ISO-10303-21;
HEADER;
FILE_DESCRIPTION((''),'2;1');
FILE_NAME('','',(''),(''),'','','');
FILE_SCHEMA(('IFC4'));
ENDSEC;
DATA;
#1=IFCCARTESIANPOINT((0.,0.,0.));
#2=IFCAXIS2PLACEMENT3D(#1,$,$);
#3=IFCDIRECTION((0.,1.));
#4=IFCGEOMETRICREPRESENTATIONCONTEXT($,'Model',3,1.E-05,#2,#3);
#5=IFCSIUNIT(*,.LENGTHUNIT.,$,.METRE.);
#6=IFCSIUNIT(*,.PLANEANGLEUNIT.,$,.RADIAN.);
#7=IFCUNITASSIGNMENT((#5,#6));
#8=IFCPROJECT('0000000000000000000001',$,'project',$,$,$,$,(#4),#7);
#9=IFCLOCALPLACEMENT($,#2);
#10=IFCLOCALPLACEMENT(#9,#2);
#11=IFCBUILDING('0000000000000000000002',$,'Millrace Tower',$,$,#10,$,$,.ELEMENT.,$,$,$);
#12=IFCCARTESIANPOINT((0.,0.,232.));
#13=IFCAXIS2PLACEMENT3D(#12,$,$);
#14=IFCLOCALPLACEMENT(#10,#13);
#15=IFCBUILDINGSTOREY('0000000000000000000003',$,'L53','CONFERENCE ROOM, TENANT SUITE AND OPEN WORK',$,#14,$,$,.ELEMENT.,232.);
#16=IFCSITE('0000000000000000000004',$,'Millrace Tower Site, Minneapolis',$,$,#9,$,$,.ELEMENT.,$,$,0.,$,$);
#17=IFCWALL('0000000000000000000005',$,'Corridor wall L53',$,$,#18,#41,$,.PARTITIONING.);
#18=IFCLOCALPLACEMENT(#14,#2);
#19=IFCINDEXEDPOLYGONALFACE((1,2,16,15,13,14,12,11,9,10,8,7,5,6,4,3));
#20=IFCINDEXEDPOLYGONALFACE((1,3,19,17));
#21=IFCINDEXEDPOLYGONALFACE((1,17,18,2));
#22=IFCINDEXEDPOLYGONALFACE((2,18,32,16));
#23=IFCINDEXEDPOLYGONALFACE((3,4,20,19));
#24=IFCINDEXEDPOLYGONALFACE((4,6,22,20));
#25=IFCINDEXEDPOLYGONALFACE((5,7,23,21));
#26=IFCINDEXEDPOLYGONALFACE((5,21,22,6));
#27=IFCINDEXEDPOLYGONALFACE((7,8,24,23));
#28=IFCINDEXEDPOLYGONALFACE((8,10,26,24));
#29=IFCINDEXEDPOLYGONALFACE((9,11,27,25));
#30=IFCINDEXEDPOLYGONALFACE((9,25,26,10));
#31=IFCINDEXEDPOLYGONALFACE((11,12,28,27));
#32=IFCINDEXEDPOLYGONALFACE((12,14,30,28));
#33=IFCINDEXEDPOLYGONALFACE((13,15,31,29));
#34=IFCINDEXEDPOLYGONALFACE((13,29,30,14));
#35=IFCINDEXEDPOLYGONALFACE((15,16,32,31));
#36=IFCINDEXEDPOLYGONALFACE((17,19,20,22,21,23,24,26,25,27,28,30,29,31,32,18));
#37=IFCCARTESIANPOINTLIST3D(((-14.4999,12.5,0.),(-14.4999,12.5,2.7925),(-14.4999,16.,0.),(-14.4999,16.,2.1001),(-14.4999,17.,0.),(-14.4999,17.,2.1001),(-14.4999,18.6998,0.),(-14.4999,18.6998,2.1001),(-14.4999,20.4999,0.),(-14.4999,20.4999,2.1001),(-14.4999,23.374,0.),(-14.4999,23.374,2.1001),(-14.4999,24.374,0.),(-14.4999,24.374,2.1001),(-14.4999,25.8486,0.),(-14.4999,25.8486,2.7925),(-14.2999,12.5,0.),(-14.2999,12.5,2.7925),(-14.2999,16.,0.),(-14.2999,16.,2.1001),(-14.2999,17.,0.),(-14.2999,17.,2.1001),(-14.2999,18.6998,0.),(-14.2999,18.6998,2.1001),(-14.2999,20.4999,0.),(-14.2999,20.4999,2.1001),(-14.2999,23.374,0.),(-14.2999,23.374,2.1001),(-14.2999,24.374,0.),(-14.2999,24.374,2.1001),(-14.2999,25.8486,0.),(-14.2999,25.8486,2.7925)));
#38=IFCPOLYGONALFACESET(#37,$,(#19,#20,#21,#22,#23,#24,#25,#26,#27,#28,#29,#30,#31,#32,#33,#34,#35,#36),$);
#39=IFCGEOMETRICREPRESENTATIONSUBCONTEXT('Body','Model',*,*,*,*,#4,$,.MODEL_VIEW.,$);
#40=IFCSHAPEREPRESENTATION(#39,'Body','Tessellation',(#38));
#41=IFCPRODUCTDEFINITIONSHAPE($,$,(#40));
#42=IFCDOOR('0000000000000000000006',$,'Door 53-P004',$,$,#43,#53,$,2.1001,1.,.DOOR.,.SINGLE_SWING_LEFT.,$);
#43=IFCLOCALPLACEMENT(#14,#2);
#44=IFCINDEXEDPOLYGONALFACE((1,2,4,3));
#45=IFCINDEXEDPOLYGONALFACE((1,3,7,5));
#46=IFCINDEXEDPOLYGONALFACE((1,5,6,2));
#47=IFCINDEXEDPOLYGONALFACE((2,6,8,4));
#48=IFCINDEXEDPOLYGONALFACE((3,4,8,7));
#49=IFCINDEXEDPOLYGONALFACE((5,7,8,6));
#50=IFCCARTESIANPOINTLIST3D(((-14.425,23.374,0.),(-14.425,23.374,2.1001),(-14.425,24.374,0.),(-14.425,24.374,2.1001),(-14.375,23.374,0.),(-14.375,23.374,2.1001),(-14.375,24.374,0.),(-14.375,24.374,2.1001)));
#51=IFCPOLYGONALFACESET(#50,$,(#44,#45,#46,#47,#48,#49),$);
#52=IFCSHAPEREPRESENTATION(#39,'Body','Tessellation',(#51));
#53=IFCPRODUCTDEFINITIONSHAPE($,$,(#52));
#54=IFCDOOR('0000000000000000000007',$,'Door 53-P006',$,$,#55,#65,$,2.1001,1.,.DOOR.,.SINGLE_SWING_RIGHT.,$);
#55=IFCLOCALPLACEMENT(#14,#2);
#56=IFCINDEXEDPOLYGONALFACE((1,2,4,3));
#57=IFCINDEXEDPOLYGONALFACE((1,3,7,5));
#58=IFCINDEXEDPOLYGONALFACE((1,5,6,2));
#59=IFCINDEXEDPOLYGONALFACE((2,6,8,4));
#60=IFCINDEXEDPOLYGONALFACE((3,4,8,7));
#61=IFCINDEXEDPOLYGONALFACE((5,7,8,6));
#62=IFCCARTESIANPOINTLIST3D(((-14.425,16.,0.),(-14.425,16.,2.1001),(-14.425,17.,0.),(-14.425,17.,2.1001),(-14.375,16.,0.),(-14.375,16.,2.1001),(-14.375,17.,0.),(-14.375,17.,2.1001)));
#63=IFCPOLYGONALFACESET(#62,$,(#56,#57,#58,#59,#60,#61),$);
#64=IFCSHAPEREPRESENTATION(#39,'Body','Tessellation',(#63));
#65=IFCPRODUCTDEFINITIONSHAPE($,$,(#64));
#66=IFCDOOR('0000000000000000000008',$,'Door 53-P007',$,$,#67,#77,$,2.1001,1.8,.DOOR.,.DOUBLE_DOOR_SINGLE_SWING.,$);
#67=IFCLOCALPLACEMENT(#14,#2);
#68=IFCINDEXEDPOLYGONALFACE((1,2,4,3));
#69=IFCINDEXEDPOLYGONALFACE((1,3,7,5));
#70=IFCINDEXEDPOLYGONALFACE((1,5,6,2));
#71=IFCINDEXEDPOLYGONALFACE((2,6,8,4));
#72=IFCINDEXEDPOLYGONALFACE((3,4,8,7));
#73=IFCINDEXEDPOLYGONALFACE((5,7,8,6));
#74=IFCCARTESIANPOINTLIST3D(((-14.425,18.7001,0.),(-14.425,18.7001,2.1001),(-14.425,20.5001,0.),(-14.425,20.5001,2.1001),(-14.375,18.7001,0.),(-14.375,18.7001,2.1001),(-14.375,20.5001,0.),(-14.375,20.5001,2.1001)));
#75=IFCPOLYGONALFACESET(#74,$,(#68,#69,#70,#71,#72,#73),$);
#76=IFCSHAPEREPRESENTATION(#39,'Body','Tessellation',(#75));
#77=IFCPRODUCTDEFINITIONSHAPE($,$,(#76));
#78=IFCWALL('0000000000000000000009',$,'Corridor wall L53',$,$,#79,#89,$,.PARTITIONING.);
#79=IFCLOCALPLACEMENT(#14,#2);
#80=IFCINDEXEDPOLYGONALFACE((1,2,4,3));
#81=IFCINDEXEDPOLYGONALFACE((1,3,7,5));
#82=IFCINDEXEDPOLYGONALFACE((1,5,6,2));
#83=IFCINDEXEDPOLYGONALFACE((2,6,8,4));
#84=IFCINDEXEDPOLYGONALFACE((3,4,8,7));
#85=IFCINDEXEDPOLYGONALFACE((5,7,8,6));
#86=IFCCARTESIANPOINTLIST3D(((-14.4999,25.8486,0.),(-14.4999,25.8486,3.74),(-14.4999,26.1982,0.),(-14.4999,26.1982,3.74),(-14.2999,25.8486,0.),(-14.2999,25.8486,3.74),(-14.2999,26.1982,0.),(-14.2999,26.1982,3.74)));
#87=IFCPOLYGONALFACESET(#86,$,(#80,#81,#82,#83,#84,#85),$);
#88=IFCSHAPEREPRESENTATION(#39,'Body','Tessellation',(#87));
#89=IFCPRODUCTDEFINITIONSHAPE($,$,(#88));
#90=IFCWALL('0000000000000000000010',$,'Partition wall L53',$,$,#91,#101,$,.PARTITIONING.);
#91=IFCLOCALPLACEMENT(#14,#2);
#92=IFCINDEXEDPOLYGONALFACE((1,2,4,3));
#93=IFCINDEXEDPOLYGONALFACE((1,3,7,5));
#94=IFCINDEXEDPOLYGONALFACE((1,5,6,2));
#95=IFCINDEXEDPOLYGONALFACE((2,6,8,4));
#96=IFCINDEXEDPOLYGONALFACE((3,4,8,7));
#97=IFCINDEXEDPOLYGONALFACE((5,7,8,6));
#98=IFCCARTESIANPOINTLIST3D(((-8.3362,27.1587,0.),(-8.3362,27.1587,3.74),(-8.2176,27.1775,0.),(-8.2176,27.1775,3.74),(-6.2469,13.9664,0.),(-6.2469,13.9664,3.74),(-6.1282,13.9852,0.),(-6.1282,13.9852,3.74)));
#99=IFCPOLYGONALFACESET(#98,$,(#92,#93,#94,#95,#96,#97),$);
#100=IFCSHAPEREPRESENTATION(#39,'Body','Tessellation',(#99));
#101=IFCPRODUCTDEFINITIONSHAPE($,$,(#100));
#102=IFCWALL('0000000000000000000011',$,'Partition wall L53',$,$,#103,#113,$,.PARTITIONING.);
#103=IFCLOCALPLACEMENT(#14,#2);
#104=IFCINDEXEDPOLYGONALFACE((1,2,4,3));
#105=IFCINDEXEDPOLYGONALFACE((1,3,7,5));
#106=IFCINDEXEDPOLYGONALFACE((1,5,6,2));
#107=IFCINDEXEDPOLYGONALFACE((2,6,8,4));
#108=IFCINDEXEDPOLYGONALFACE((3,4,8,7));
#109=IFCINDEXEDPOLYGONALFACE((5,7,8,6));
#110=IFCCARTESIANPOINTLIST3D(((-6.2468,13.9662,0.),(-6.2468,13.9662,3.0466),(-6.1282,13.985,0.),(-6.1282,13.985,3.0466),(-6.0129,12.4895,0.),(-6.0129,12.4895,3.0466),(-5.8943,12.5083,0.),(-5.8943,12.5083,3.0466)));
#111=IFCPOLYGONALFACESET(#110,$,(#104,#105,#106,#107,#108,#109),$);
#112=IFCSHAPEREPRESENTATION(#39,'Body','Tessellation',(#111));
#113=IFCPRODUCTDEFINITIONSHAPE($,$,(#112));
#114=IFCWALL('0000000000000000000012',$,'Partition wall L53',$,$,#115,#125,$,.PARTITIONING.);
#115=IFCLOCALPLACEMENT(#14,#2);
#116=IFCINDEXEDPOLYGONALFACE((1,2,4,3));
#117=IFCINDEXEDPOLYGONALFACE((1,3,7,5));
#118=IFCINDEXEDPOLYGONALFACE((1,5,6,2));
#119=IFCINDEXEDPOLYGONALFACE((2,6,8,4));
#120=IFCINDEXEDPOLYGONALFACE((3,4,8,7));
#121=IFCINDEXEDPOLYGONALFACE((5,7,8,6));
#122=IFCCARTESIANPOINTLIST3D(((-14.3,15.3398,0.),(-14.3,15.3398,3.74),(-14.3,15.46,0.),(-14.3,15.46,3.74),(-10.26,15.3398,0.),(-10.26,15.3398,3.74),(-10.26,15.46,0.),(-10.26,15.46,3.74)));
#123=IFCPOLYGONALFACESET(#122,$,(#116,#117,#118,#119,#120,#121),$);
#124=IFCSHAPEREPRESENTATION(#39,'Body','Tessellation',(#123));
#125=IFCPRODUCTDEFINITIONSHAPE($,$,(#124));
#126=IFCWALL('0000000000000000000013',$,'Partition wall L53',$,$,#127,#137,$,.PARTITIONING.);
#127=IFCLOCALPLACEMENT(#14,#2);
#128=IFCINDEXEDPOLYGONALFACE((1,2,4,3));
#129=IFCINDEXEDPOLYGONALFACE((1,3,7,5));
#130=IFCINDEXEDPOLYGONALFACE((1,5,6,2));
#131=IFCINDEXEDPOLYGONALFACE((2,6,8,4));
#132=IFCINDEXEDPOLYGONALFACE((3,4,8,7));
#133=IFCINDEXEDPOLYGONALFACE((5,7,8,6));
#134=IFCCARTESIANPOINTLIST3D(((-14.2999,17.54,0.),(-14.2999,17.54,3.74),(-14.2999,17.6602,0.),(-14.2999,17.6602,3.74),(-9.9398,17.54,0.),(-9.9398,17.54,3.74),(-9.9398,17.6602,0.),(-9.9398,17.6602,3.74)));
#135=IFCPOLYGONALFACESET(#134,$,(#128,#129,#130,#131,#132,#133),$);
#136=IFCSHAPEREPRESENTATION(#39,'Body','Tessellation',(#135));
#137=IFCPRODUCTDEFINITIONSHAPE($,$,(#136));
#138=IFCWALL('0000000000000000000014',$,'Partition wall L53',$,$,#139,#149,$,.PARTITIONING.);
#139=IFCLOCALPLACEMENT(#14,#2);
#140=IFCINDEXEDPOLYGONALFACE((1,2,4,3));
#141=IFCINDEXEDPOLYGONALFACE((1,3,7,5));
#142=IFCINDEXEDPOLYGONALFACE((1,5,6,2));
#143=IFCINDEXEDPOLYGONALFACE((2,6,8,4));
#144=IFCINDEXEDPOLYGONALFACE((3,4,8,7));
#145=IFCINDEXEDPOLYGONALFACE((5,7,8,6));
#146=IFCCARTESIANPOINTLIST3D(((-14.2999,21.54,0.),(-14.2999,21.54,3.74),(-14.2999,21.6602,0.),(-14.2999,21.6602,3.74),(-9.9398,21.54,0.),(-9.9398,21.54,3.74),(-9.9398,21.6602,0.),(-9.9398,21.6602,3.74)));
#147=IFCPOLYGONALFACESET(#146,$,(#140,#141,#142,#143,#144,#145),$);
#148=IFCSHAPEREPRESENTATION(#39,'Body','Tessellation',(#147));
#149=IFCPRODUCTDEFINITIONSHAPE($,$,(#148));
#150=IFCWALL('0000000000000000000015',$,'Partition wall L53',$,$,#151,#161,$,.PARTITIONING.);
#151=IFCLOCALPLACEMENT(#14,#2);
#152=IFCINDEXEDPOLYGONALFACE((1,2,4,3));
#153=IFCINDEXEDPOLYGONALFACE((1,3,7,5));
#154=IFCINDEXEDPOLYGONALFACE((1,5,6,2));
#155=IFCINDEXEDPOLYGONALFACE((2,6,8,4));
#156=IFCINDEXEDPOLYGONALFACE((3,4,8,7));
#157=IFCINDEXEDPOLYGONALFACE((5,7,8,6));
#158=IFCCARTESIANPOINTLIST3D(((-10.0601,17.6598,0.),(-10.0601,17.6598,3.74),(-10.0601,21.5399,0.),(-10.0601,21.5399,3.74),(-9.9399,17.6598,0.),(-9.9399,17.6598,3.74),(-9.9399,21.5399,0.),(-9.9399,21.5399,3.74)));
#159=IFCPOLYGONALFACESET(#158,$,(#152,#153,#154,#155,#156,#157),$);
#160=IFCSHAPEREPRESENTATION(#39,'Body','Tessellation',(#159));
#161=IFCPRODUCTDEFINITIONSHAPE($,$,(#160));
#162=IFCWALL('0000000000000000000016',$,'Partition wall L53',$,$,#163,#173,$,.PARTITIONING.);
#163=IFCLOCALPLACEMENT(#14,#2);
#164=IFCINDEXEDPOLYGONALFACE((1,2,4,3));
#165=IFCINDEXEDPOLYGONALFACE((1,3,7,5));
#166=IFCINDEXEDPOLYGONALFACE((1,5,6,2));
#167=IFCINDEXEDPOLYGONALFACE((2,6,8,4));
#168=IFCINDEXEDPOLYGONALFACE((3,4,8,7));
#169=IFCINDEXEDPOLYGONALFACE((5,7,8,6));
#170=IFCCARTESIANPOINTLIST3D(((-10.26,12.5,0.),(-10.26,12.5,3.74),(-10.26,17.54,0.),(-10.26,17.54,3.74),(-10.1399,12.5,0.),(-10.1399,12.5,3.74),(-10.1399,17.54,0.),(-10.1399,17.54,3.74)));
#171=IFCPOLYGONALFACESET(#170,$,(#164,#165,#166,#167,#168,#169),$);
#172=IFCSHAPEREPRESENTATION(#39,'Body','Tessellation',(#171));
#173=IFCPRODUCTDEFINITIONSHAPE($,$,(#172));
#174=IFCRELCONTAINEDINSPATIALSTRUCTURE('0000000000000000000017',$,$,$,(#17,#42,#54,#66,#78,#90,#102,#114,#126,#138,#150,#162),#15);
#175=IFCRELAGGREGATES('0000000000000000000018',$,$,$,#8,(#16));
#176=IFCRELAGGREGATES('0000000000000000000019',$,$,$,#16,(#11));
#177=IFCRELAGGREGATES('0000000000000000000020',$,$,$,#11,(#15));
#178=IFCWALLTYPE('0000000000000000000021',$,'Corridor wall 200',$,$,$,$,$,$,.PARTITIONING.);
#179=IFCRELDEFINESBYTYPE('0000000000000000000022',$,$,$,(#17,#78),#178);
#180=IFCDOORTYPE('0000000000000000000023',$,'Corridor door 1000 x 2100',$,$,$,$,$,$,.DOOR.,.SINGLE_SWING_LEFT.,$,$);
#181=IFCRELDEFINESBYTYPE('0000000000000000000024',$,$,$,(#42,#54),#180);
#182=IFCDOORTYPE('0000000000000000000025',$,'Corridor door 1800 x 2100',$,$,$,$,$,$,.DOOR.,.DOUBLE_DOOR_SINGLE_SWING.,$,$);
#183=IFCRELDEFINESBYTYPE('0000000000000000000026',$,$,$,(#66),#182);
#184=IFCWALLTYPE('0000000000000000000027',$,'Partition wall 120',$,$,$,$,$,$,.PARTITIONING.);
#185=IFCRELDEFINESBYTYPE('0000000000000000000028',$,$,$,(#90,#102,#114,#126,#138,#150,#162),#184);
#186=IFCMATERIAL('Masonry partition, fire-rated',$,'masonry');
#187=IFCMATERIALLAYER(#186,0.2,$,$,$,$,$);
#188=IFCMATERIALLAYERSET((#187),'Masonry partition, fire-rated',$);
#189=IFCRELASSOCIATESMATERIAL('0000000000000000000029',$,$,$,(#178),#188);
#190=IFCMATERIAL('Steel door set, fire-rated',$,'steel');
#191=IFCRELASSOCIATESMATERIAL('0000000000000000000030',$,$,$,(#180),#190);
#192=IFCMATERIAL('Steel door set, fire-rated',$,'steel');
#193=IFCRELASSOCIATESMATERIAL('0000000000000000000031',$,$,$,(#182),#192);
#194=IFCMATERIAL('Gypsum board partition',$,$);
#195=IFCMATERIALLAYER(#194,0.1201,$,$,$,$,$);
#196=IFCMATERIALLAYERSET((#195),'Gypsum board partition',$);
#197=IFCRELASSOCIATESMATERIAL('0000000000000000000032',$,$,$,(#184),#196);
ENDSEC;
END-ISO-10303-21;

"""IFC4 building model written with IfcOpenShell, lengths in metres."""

from ifc_helpers import new_model, si_unit, direction, frame, frame_2d, origin, place, context, subcontext, project, spatial, rectangle, extrude, material, layer, layer_set, type_object, element, fill, save


model = new_model("IFC4")

# Units and contexts
model_context = context("Model", 3, precision=1e-05, world=origin(), true_north=direction((0.0, 1.0)))
body_context = subcontext(model_context, "Body", "Model", "MODEL_VIEW")
ifc_project = project(units=[si_unit("LENGTHUNIT", "METRE"), si_unit("PLANEANGLEUNIT", "RADIAN")], contexts=[model_context])

# Site, building, storey
site_placement = place(None, origin())
site = spatial("IfcSite", under=ifc_project, at=site_placement, Name="Millrace Tower Site, Minneapolis", CompositionType="ELEMENT", RefElevation=0.0)
building_placement = place(site_placement, origin())
building = spatial("IfcBuilding", under=site, at=building_placement, Name="Millrace Tower", CompositionType="ELEMENT")
storey_placement = place(building_placement, frame((0.0, 0.0, 232.0)))
storey = spatial("IfcBuildingStorey", under=building, at=storey_placement, Name="L53", Description="CONFERENCE ROOM, TENANT SUITE AND OPEN WORK", CompositionType="ELEMENT", Elevation=232.0)

# Wall, openings, doors
ifc_material_1 = material(Name="Masonry partition, fire-rated", Category="masonry")
ifc_layer_1 = layer(ifc_material_1, 0.2)
ifc_layer_set_1 = layer_set([ifc_layer_1], Name="Masonry partition, fire-rated")
wall_type_1 = type_object("IfcWallType", Name="Corridor wall 200", PredefinedType="PARTITIONING", material=ifc_layer_set_1)
ifc_material_2 = material(Name="Steel door set, fire-rated", Category="steel")
door_type_1 = type_object("IfcDoorType", Name="Corridor door 1000 x 2100", OperationType="SINGLE_SWING_LEFT", PredefinedType="DOOR", material=ifc_material_2)
ifc_material_3 = material(Name="Steel door set, fire-rated", Category="steel")
door_type_2 = type_object("IfcDoorType", Name="Corridor door 1800 x 2100", OperationType="DOUBLE_DOOR_SINGLE_SWING", PredefinedType="DOOR", material=ifc_material_3)
wall_1_placement = place(storey_placement, frame((-14.3999, 12.5, 0.0), z_axis=(0.0, 0.0, 1.0), x_axis=(0.0, 1.0, 0.0)))
wall_1 = element("IfcWall", 1, at=wall_1_placement, inside=storey, type_object=wall_type_1, Name="Corridor wall L53", PredefinedType="PARTITIONING", context=body_context, shape_type="SweptSolid", body=[
    extrude(rectangle(XDim=13.3486, YDim=0.2, at=frame_2d((6.6743, 0.0))), origin(), (0.0, 0.0, 1.0), 2.7925),
])
opening_1_placement = place(wall_1_placement, frame((10.874, 0.0, 0.0)))
opening_1 = element("IfcOpeningElement", 2, at=opening_1_placement, cuts=wall_1, PredefinedType="OPENING", context=body_context, shape_type="SweptSolid", body=[
    extrude(rectangle(XDim=1.0, YDim=2.1001, at=frame_2d((0.5, 1.05))), frame((0.0, 0.1099, 0.0), z_axis=(0.0, -1.0, 0.0), x_axis=(1.0, 0.0, 0.0)), (0.0, 0.0, 1.0), 0.22),
])
opening_2_placement = place(wall_1_placement, frame((3.5, 0.0, 0.0)))
opening_2 = element("IfcOpeningElement", 3, at=opening_2_placement, cuts=wall_1, PredefinedType="OPENING", context=body_context, shape_type="SweptSolid", body=[
    extrude(rectangle(XDim=1.0, YDim=2.1001, at=frame_2d((0.5, 1.05))), frame((0.0, 0.1099, 0.0), z_axis=(0.0, -1.0, 0.0), x_axis=(1.0, 0.0, 0.0)), (0.0, 0.0, 1.0), 0.22),
])
opening_3_placement = place(wall_1_placement, frame((6.2, 0.0, 0.0)))
opening_3 = element("IfcOpeningElement", 4, at=opening_3_placement, cuts=wall_1, PredefinedType="OPENING", context=body_context, shape_type="SweptSolid", body=[
    extrude(rectangle(XDim=1.8, YDim=2.1001, at=frame_2d((0.8999, 1.05))), frame((0.0, 0.1099, 0.0), z_axis=(0.0, -1.0, 0.0), x_axis=(1.0, 0.0, 0.0)), (0.0, 0.0, 1.0), 0.22),
])
door_1_placement = place(opening_1_placement, frame((1.0, 0.0, 0.0), z_axis=(0.0, 0.0, 1.0), x_axis=(-1.0, 0.0, 0.0)))
door_1 = element("IfcDoor", 5, at=door_1_placement, inside=storey, type_object=door_type_1, Name="Door 53-P004", OperationType="SINGLE_SWING_LEFT", OverallHeight=2.1001, OverallWidth=1.0, PredefinedType="DOOR", context=body_context, shape_type="SweptSolid", body=[
    extrude(rectangle(XDim=1.0, YDim=2.1001, at=frame_2d((0.5, 1.05))), frame((0.0, 0.0249, 0.0), z_axis=(0.0, -1.0, 0.0), x_axis=(1.0, 0.0, 0.0)), (0.0, 0.0, 1.0), 0.05),
])
fill(opening_1, door_1)
door_2_placement = place(opening_2_placement, frame((1.0, 0.0, 0.0), z_axis=(0.0, 0.0, 1.0), x_axis=(-1.0, 0.0, 0.0)))
door_2 = element("IfcDoor", 6, at=door_2_placement, inside=storey, type_object=door_type_1, Name="Door 53-P006", OperationType="SINGLE_SWING_RIGHT", OverallHeight=2.1001, OverallWidth=1.0, PredefinedType="DOOR", context=body_context, shape_type="SweptSolid", body=[
    extrude(rectangle(XDim=1.0, YDim=2.1001, at=frame_2d((0.5, 1.05))), frame((0.0, 0.0249, 0.0), z_axis=(0.0, -1.0, 0.0), x_axis=(1.0, 0.0, 0.0)), (0.0, 0.0, 1.0), 0.05),
])
fill(opening_2, door_2)
door_3_placement = place(opening_3_placement, frame((1.8, 0.0, 0.0), z_axis=(0.0, 0.0, 1.0), x_axis=(-1.0, 0.0, 0.0)))
door_3 = element("IfcDoor", 7, at=door_3_placement, inside=storey, type_object=door_type_2, Name="Door 53-P007", OperationType="DOUBLE_DOOR_SINGLE_SWING", OverallHeight=2.1001, OverallWidth=1.8, PredefinedType="DOOR", context=body_context, shape_type="SweptSolid", body=[
    extrude(rectangle(XDim=1.8, YDim=2.1001, at=frame_2d((0.8999, 1.05))), frame((0.0, 0.0249, 0.0), z_axis=(0.0, -1.0, 0.0), x_axis=(1.0, 0.0, 0.0)), (0.0, 0.0, 1.0), 0.05),
])
fill(opening_3, door_3)

# Walls
wall_2_placement = place(storey_placement, frame((-14.3999, 25.8486, 0.0), z_axis=(0.0, 0.0, 1.0), x_axis=(0.0, 1.0, 0.0)))
element("IfcWall", 8, at=wall_2_placement, inside=storey, type_object=wall_type_1, Name="Corridor wall L53", PredefinedType="PARTITIONING", context=body_context, shape_type="SweptSolid", body=[
    extrude(rectangle(XDim=0.3496, YDim=0.2, at=frame_2d((0.1748, 0.0))), origin(), (0.0, 0.0, 1.0), 3.74),
])
ifc_material_4 = material(Name="Gypsum board partition")
ifc_layer_2 = layer(ifc_material_4, 0.1201)
ifc_layer_set_2 = layer_set([ifc_layer_2], Name="Gypsum board partition")
wall_type_2 = type_object("IfcWallType", Name="Partition wall 120", PredefinedType="PARTITIONING", material=ifc_layer_set_2)
wall_3_placement = place(storey_placement, frame((-8.2769, 27.168, 0.0), z_axis=(0.0, 0.0, 1.0), x_axis=(0.156426, -0.98769, 0.0)))
element("IfcWall", 9, at=wall_3_placement, inside=storey, type_object=wall_type_2, Name="Partition wall L53", PredefinedType="PARTITIONING", context=body_context, shape_type="SweptSolid", body=[
    extrude(rectangle(XDim=13.3567, YDim=0.1201, at=frame_2d((6.6782, 0.0))), origin(), (0.0, 0.0, 1.0), 3.74),
])
wall_4_placement = place(storey_placement, frame((-6.1875, 13.9756, 0.0), z_axis=(0.0, 0.0, 1.0), x_axis=(0.156424, -0.98769, 0.0)))
element("IfcWall", 10, at=wall_4_placement, inside=storey, type_object=wall_type_2, Name="Partition wall L53", PredefinedType="PARTITIONING", context=body_context, shape_type="SweptSolid", body=[
    extrude(rectangle(XDim=1.4951, YDim=0.1201, at=frame_2d((0.7476, 0.0))), origin(), (0.0, 0.0, 1.0), 3.0466),
])
wall_5_placement = place(storey_placement, frame((-14.3, 15.3999, 0.0), z_axis=(0.0, 0.0, 1.0), x_axis=(1.0, 0.0, 0.0)))
element("IfcWall", 11, at=wall_5_placement, inside=storey, type_object=wall_type_2, Name="Partition wall L53", PredefinedType="PARTITIONING", context=body_context, shape_type="SweptSolid", body=[
    extrude(rectangle(XDim=4.04, YDim=0.1201, at=frame_2d((2.02, 0.0))), origin(), (0.0, 0.0, 1.0), 3.74),
])
for number, where, z_axis, x_axis, name in (
    (12, (-14.3, 17.6001, 0.0), (0.0, 0.0, 1.0), (1.0, 0.0, 0.0), "Partition wall L53"),
    (13, (-14.3, 21.6001, 0.0), (0.0, 0.0, 1.0), (1.0, 0.0, 0.0), "Partition wall L53"),
):
    element("IfcWall", number, at=place(storey_placement, frame(where, z_axis=z_axis, x_axis=x_axis)), inside=storey, type_object=wall_type_2, Name=name, PredefinedType="PARTITIONING", context=body_context, shape_type="SweptSolid", body=[
        extrude(rectangle(XDim=4.3601, YDim=0.1201, at=frame_2d((2.1802, 0.0))), origin(), (0.0, 0.0, 1.0), 3.74),
    ])
wall_6_placement = place(storey_placement, frame((-10.0, 17.6599, 0.0), z_axis=(0.0, 0.0, 1.0), x_axis=(0.0, 1.0, 0.0)))
element("IfcWall", 14, at=wall_6_placement, inside=storey, type_object=wall_type_2, Name="Partition wall L53", PredefinedType="PARTITIONING", context=body_context, shape_type="SweptSolid", body=[
    extrude(rectangle(XDim=3.8801, YDim=0.1201, at=frame_2d((1.9399, 0.0))), origin(), (0.0, 0.0, 1.0), 3.74),
])
wall_7_placement = place(storey_placement, frame((-10.2, 12.5, 0.0), z_axis=(0.0, 0.0, 1.0), x_axis=(0.0, 1.0, 0.0)))
element("IfcWall", 15, at=wall_7_placement, inside=storey, type_object=wall_type_2, Name="Partition wall L53", PredefinedType="PARTITIONING", context=body_context, shape_type="SweptSolid", body=[
    extrude(rectangle(XDim=5.04, YDim=0.1201, at=frame_2d((2.52, 0.0))), origin(), (0.0, 0.0, 1.0), 3.74),
])

save(model, "model.ifc")
